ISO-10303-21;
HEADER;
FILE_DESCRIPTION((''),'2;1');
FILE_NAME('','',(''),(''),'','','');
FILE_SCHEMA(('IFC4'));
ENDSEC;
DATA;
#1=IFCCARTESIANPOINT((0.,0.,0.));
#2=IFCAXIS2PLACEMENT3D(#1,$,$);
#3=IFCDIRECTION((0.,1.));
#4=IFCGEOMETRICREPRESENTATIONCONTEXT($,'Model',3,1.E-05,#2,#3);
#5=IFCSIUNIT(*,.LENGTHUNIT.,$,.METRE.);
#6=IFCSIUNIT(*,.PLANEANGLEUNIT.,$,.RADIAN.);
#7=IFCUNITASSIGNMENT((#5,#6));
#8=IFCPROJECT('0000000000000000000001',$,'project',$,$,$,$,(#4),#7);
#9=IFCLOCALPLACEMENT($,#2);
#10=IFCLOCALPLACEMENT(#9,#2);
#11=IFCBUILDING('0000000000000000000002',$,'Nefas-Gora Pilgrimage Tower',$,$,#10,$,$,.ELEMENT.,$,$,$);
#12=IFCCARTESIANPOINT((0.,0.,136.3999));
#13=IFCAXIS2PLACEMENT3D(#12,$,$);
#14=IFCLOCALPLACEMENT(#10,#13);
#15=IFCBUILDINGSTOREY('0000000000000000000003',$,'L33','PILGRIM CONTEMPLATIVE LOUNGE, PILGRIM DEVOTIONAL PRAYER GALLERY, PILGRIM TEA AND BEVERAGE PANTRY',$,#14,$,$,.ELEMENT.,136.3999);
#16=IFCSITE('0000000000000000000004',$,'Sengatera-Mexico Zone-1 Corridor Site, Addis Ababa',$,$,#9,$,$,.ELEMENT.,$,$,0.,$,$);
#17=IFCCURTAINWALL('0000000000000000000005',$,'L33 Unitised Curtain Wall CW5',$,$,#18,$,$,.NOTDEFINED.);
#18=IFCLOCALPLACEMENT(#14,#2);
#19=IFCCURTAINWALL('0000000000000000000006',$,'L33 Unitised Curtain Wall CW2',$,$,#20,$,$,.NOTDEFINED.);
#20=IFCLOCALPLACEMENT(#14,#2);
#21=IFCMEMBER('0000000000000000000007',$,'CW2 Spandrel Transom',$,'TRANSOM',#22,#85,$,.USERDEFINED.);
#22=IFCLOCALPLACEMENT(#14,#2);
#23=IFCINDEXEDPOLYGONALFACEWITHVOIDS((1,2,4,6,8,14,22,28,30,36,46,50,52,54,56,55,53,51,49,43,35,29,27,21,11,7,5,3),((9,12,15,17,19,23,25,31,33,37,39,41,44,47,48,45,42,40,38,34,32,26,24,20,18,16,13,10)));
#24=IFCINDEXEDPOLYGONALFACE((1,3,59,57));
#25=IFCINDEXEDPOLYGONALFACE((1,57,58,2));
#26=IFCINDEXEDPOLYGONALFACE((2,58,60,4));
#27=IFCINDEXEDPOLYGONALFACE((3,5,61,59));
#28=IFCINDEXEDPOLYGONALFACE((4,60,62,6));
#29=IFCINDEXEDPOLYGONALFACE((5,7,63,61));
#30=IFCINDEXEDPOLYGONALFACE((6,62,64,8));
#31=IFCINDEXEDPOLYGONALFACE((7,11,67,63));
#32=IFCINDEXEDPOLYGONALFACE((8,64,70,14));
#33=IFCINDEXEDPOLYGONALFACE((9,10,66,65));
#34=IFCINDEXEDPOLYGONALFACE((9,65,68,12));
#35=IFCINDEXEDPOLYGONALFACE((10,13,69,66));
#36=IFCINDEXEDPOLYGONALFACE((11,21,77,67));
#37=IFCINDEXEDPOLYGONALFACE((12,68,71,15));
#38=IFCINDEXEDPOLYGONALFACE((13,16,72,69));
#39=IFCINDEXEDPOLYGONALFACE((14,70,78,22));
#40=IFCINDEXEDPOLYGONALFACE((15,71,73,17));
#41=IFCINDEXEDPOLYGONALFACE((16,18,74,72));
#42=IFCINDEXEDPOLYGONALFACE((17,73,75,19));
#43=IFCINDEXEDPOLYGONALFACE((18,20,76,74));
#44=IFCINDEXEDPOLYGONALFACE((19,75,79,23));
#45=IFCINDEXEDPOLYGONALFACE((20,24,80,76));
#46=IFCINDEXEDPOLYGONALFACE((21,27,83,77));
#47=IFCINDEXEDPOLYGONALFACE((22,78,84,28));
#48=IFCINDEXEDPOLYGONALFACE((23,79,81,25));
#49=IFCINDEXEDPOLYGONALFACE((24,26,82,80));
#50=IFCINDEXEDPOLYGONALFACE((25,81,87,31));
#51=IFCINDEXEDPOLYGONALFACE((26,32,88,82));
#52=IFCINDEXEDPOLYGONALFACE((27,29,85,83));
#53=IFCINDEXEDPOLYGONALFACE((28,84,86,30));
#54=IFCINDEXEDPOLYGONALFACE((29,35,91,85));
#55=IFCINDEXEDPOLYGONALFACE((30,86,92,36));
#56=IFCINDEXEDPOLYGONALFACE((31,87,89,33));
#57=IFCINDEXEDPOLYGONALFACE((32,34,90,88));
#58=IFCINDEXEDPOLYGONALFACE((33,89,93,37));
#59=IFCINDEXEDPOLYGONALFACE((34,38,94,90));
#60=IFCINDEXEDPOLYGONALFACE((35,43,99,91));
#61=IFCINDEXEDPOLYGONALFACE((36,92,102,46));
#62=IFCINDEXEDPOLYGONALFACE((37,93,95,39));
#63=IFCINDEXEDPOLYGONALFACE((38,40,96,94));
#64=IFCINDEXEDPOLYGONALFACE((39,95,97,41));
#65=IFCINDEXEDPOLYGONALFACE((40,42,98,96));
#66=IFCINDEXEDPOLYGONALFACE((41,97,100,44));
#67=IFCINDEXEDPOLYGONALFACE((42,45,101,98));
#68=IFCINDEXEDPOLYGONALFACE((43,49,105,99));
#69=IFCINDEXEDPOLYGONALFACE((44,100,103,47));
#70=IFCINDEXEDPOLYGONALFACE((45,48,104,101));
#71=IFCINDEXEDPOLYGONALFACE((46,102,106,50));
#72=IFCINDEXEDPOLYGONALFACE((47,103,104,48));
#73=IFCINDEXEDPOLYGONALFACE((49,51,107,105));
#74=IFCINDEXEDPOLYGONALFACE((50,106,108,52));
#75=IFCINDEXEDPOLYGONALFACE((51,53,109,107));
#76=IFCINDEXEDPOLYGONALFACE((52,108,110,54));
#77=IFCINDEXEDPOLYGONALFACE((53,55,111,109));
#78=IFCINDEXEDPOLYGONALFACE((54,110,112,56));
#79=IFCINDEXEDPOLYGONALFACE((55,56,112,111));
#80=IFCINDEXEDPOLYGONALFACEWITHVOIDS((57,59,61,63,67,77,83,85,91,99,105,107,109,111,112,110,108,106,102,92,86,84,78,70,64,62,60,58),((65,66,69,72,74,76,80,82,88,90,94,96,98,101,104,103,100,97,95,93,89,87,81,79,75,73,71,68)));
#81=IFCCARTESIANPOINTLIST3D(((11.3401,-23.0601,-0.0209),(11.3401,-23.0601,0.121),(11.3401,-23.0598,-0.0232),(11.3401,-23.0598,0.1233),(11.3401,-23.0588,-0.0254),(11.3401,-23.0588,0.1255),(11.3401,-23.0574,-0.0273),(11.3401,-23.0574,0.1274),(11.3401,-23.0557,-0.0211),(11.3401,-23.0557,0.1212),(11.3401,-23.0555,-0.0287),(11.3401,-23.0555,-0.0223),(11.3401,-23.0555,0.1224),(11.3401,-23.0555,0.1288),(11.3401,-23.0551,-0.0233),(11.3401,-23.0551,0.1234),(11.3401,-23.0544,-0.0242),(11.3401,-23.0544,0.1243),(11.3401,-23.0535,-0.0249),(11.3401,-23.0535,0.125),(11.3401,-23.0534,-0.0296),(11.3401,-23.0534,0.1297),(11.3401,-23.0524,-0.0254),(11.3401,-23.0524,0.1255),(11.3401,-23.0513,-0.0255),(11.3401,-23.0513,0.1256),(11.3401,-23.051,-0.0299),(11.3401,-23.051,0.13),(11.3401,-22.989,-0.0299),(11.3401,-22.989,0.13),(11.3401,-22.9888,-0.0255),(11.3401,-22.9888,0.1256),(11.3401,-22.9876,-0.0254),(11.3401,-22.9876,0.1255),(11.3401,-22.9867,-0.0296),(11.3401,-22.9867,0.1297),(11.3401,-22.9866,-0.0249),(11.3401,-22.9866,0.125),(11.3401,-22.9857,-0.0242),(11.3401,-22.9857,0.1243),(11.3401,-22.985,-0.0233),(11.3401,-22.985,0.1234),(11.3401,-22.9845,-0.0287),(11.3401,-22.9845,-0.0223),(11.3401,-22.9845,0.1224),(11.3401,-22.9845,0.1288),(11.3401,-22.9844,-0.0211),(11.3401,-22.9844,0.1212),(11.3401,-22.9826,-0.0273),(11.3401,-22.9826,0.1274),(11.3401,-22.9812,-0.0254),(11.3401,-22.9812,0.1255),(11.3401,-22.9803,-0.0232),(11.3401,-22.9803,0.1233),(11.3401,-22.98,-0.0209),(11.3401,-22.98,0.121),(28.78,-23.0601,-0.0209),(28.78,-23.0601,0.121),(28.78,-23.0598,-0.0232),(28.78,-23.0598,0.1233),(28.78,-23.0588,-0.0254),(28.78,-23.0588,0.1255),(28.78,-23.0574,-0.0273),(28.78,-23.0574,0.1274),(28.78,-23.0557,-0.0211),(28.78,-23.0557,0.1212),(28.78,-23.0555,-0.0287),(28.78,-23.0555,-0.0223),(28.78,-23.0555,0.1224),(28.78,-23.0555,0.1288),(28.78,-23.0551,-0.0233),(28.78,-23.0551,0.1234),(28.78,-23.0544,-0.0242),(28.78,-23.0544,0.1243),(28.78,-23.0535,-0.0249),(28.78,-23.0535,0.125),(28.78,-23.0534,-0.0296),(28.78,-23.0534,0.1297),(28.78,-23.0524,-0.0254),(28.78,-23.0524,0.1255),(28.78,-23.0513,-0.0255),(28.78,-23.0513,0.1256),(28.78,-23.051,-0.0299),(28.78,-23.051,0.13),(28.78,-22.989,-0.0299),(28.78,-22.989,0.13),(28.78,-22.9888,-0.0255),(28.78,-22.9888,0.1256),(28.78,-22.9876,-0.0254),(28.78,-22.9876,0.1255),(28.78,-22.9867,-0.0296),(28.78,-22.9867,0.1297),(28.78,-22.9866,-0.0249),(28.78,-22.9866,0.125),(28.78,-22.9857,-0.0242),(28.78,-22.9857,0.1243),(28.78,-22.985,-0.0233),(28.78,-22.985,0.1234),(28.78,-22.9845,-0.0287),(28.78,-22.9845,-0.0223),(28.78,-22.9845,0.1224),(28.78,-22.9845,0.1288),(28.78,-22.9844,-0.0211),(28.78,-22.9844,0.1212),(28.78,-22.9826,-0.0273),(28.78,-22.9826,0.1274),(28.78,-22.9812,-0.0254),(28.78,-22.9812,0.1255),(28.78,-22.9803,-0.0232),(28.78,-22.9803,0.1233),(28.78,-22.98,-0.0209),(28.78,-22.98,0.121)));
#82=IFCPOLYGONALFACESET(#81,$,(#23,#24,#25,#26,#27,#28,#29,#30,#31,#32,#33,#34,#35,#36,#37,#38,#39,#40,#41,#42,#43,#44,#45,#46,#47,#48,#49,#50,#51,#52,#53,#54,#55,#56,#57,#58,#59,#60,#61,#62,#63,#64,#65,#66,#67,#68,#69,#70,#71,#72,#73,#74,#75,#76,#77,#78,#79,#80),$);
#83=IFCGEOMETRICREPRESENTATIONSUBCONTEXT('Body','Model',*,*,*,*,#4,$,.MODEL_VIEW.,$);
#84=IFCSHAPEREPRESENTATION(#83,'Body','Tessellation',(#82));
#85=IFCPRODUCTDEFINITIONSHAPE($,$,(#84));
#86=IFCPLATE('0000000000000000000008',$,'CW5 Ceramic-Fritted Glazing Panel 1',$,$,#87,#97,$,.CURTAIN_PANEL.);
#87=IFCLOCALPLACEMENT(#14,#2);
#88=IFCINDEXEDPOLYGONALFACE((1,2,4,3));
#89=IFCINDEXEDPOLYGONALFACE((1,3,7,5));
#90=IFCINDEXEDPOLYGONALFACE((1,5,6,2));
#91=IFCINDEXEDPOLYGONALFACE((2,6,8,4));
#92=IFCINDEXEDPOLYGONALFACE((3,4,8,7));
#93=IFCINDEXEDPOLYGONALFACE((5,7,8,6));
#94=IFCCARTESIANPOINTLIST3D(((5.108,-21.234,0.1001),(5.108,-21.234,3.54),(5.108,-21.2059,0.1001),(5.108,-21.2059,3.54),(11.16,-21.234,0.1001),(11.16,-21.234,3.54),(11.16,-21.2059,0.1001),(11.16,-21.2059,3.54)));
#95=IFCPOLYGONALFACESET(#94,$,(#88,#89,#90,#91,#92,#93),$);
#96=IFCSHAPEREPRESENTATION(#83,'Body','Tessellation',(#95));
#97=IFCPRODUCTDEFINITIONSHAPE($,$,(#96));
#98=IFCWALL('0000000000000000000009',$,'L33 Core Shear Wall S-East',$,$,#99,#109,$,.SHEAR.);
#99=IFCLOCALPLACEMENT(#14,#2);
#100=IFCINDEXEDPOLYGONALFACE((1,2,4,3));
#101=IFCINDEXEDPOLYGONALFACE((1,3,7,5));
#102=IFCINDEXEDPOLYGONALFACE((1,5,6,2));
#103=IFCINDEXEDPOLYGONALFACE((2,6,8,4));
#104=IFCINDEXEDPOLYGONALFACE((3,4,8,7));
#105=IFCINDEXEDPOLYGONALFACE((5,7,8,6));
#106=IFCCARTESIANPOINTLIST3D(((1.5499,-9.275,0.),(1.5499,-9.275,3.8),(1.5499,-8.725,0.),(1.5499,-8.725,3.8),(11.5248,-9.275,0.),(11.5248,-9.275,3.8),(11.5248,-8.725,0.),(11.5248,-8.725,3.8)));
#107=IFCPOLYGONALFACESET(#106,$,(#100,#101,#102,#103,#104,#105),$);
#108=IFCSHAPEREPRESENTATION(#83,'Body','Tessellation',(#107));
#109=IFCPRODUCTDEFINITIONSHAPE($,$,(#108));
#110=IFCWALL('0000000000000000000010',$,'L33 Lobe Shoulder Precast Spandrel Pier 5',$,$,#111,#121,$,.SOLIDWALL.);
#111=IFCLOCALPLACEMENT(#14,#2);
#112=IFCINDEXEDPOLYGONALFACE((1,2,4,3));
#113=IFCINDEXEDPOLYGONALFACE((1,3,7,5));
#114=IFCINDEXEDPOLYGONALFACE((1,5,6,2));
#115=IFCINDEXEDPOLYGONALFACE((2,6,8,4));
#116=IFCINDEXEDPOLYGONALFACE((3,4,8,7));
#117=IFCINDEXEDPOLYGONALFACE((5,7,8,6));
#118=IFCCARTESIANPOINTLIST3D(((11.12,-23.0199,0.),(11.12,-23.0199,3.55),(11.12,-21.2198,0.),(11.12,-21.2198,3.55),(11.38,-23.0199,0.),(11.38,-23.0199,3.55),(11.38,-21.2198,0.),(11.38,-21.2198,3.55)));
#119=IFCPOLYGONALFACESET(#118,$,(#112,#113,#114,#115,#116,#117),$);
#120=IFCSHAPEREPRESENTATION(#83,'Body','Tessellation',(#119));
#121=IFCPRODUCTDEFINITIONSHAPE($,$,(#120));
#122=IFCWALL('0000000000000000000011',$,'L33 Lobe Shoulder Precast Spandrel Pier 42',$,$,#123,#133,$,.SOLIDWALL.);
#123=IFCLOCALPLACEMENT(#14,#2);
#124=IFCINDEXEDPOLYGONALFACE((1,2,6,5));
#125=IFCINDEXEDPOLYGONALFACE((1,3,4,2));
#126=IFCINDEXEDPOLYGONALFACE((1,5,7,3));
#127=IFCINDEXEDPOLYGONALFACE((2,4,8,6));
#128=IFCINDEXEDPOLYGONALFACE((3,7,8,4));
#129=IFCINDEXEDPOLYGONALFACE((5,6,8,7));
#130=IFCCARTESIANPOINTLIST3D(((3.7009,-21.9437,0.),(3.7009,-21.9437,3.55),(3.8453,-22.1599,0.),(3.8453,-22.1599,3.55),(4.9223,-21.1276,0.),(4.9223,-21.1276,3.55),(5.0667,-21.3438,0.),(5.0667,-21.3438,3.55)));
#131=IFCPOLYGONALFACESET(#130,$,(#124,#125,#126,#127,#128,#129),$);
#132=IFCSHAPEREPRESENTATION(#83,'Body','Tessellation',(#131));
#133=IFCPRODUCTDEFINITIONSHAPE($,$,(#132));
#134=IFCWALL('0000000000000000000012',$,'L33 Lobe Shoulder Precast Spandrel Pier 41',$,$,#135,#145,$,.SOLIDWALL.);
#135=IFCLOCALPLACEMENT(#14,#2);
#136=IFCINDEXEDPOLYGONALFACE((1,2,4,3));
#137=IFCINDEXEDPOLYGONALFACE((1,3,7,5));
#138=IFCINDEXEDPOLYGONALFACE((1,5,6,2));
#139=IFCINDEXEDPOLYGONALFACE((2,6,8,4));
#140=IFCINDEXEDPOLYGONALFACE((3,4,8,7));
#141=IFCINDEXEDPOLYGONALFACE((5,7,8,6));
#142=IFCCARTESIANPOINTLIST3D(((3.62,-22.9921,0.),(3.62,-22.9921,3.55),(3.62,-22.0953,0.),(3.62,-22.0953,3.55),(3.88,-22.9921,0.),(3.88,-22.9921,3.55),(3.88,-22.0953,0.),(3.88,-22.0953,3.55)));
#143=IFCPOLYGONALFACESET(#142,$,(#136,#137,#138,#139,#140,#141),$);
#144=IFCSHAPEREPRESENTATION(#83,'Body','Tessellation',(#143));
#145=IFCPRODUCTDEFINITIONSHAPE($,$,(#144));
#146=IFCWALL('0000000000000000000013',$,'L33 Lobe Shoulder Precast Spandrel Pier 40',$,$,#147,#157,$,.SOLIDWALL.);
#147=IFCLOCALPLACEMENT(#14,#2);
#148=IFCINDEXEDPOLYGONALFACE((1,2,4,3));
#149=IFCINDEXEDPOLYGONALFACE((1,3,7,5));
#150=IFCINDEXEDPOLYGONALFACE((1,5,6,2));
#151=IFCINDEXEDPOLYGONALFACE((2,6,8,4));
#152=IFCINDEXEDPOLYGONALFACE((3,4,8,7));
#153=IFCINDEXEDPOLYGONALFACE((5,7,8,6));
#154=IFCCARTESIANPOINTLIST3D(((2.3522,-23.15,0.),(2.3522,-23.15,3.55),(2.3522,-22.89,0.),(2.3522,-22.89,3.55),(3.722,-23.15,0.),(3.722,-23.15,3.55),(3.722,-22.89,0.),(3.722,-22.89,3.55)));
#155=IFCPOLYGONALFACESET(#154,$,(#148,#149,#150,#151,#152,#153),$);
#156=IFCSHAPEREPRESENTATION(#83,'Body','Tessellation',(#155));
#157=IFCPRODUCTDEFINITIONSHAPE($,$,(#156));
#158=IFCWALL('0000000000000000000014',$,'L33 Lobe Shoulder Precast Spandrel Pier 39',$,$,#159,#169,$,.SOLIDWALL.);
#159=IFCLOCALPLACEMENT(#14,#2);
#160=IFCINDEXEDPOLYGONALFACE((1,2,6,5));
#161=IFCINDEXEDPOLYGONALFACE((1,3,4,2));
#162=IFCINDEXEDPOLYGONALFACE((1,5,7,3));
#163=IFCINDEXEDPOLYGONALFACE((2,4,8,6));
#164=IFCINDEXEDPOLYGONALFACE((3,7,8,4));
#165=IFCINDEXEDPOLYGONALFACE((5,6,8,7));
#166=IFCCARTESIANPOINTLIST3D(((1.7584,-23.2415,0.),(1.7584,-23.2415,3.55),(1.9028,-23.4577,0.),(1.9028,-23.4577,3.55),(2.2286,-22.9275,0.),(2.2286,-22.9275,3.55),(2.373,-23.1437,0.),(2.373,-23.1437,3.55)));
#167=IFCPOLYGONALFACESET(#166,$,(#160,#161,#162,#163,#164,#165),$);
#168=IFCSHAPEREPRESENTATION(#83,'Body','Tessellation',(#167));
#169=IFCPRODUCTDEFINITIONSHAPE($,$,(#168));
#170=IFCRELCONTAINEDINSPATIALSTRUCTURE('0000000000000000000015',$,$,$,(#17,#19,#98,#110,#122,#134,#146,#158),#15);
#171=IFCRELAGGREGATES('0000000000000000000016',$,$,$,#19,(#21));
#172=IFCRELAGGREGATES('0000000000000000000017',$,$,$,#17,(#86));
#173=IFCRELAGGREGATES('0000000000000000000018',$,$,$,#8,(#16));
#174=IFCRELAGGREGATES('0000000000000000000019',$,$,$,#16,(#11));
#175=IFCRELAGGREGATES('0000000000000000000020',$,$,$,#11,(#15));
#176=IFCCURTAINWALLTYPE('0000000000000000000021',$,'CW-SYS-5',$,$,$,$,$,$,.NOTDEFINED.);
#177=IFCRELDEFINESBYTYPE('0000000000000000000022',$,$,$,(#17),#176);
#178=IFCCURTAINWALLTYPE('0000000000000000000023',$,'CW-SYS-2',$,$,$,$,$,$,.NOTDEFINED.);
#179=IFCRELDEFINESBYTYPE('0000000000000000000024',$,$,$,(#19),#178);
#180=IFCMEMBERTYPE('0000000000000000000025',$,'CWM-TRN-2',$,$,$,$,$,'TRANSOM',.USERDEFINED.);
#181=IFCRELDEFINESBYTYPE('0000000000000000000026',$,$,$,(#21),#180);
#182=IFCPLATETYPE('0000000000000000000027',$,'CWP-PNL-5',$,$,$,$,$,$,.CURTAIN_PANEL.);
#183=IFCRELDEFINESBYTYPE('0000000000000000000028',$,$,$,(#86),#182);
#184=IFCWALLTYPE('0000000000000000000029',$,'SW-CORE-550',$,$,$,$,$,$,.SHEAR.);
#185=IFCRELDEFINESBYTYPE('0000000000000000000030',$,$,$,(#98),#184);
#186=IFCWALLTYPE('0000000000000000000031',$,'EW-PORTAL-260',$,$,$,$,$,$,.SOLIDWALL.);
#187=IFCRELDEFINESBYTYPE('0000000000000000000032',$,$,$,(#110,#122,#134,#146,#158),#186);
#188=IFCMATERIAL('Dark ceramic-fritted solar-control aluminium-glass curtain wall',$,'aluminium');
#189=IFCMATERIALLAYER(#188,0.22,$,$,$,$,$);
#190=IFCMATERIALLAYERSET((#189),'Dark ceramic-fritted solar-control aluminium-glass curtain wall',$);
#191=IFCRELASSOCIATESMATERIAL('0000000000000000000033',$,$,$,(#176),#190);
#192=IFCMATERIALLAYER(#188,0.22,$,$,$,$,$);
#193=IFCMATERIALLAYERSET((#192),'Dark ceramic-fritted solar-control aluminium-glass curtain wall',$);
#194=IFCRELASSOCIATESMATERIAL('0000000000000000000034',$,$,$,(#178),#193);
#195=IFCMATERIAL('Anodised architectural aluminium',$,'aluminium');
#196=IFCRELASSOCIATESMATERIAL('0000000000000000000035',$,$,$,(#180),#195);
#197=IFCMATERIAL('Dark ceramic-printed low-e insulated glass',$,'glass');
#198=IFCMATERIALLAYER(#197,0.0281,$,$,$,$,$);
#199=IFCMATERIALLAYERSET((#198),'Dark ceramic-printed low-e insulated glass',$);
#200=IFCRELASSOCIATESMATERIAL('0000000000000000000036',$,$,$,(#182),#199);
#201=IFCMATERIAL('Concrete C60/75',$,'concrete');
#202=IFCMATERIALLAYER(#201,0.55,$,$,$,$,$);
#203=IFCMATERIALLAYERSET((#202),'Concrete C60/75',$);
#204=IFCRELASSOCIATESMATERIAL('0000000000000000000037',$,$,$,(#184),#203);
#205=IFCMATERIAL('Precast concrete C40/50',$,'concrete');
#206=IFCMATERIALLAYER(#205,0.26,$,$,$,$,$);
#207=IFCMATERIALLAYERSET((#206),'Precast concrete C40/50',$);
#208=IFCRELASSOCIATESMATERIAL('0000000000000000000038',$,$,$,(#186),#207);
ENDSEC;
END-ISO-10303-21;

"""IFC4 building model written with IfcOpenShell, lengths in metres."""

from ifc_helpers import new_model, si_unit, direction, frame, frame_2d, origin, origin_2d, place, context, subcontext, project, spatial, rectangle, hollow_rectangle, extrude, source, transform, mapped, material, layer, layer_set, material_profile, profile_set, type_object, element, aggregate, save


model = new_model("IFC4")

# Units and contexts
model_context = context("Model", 3, precision=1e-05, world=origin(), true_north=direction((0.0, 1.0)))
body_context = subcontext(model_context, "Body", "Model", "MODEL_VIEW")
ifc_project = project(units=[si_unit("LENGTHUNIT", "METRE"), si_unit("PLANEANGLEUNIT", "RADIAN")], contexts=[model_context])

# Site, building, storey
site_placement = place(None, origin())
site = spatial("IfcSite", under=ifc_project, at=site_placement, Name="Sengatera-Mexico Zone-1 Corridor Site, Addis Ababa", CompositionType="ELEMENT", RefElevation=0.0)
building_placement = place(site_placement, origin())
building = spatial("IfcBuilding", under=site, at=building_placement, Name="Nefas-Gora Pilgrimage Tower", CompositionType="ELEMENT")
storey_placement = place(building_placement, frame((0.0, 0.0, 136.3999)))
storey = spatial("IfcBuildingStorey", under=building, at=storey_placement, Name="L33", Description="PILGRIM CONTEMPLATIVE LOUNGE, PILGRIM DEVOTIONAL PRAYER GALLERY, PILGRIM TEA AND BEVERAGE PANTRY", CompositionType="ELEMENT", Elevation=136.3999)

# Curtain wall
ifc_material_1 = material(Name="Dark ceramic-fritted solar-control aluminium-glass curtain wall", Category="aluminium")
ifc_layer_1 = layer(ifc_material_1, 0.22)
ifc_layer_set_1 = layer_set([ifc_layer_1], Name="Dark ceramic-fritted solar-control aluminium-glass curtain wall")
curtain_wall_type_1 = type_object("IfcCurtainWallType", Name="CW-SYS-5", PredefinedType="NOTDEFINED", material=ifc_layer_set_1)
curtain_wall_1_placement = place(storey_placement, origin())
curtain_wall_1 = element("IfcCurtainWall", 1, at=curtain_wall_1_placement, inside=storey, type_object=curtain_wall_type_1, Name="L33 Unitised Curtain Wall CW5", PredefinedType="NOTDEFINED")
ifc_material_2 = material(Name="Anodised architectural aluminium", Category="aluminium")

# Curtain wall, member
ifc_layer_2 = layer(ifc_material_1, 0.22)
ifc_layer_set_2 = layer_set([ifc_layer_2], Name="Dark ceramic-fritted solar-control aluminium-glass curtain wall")
curtain_wall_type_2 = type_object("IfcCurtainWallType", Name="CW-SYS-2", PredefinedType="NOTDEFINED", material=ifc_layer_set_2)
curtain_wall_2_placement = place(storey_placement, origin())
curtain_wall_2 = element("IfcCurtainWall", 2, at=curtain_wall_2_placement, inside=storey, type_object=curtain_wall_type_2, Name="L33 Unitised Curtain Wall CW2", PredefinedType="NOTDEFINED")
ifc_material_profile_1 = material_profile(ifc_material_2, hollow_rectangle(XDim=0.0801, YDim=0.1599, WallThickness=0.0044, InnerFilletRadius=0.0044, OuterFilletRadius=0.009, at=origin_2d()), Name="ALU TRANSOM 80x160")
ifc_profile_set_1 = profile_set([ifc_material_profile_1], Name="Anodised architectural aluminium")
member_type_1 = type_object("IfcMemberType", Name="CWM-TRN-2", ElementType="TRANSOM", PredefinedType="USERDEFINED", material=ifc_profile_set_1)
shared_shape_1 = source(origin(), body_context, "Body", "SweptSolid", [
    extrude(hollow_rectangle(XDim=0.0801, YDim=0.1599, WallThickness=0.0044, InnerFilletRadius=0.0044, OuterFilletRadius=0.009, at=origin_2d()), origin(), (0.0, 0.0, 1.0), 17.4399),
])
member_1_placement = place(storey_placement, frame((11.3401, -23.02, 0.05), z_axis=(1.0, 0.0, 0.0), x_axis=(0.0, 1.0, 0.0)))
member_1 = element("IfcMember", 3, at=member_1_placement, type_object=member_type_1, Name="CW2 Spandrel Transom", ObjectType="TRANSOM", PredefinedType="USERDEFINED", context=body_context, shape_type="MappedRepresentation", body=[
    mapped(shared_shape_1, transform((0.0, 0.0, 0.0), x_axis=(1.0, 0.0, 0.0), y_axis=(0.0, 1.0, 0.0), z_axis=(0.0, 0.0, 1.0), scale=1.0)),
])
aggregate(curtain_wall_2, [member_1])

# Plate
ifc_material_3 = material(Name="Dark ceramic-printed low-e insulated glass", Category="glass")
ifc_layer_3 = layer(ifc_material_3, 0.0281)
ifc_layer_set_3 = layer_set([ifc_layer_3], Name="Dark ceramic-printed low-e insulated glass")
plate_type = type_object("IfcPlateType", Name="CWP-PNL-5", PredefinedType="CURTAIN_PANEL", material=ifc_layer_set_3)
shared_shape_2 = source(origin(), body_context, "Body", "SweptSolid", [
    extrude(rectangle(XDim=6.052, YDim=0.0281, at=origin_2d()), origin(), (0.0, 0.0, 1.0), 3.4399),
])
plate_placement = place(storey_placement, frame((8.134, -21.22, 0.1001), z_axis=(0.0, 0.0, 1.0), x_axis=(1.0, 0.0, 0.0)))
plate = element("IfcPlate", 4, at=plate_placement, type_object=plate_type, Name="CW5 Ceramic-Fritted Glazing Panel 1", PredefinedType="CURTAIN_PANEL", context=body_context, shape_type="MappedRepresentation", body=[
    mapped(shared_shape_2, transform((0.0, 0.0, 0.0), x_axis=(1.0, 0.0, 0.0), y_axis=(0.0, 1.0, 0.0), z_axis=(0.0, 0.0, 1.0), scale=1.0)),
])
aggregate(curtain_wall_1, [plate])

# Walls
ifc_material_4 = material(Name="Concrete C60/75", Category="concrete")
ifc_layer_4 = layer(ifc_material_4, 0.55)
ifc_layer_set_4 = layer_set([ifc_layer_4], Name="Concrete C60/75")
wall_type_1 = type_object("IfcWallType", Name="SW-CORE-550", PredefinedType="SHEAR", material=ifc_layer_set_4)
shared_shape_3 = source(origin(), body_context, "Body", "SweptSolid", [
    extrude(rectangle(XDim=9.9749, YDim=0.55, at=frame_2d((4.9873, 0.0))), origin(), (0.0, 0.0, 1.0), 3.8),
])
wall_1_placement = place(storey_placement, frame((1.55, -9.0, 0.0), z_axis=(0.0, 0.0, 1.0), x_axis=(1.0, 0.0, 0.0)))
element("IfcWall", 5, at=wall_1_placement, inside=storey, type_object=wall_type_1, Name="L33 Core Shear Wall S-East", PredefinedType="SHEAR", context=body_context, shape_type="MappedRepresentation", body=[
    mapped(shared_shape_3, transform((0.0, 0.0, 0.0), x_axis=(1.0, 0.0, 0.0), y_axis=(0.0, 1.0, 0.0), z_axis=(0.0, 0.0, 1.0), scale=1.0)),
])
ifc_material_5 = material(Name="Precast concrete C40/50", Category="concrete")
ifc_layer_5 = layer(ifc_material_5, 0.26)
ifc_layer_set_5 = layer_set([ifc_layer_5], Name="Precast concrete C40/50")
wall_type_2 = type_object("IfcWallType", Name="EW-PORTAL-260", PredefinedType="SOLIDWALL", material=ifc_layer_set_5)
shared_shape_4 = source(origin(), body_context, "Body", "SweptSolid", [
    extrude(rectangle(XDim=1.8, YDim=0.26, at=frame_2d((0.8999, 0.0))), origin(), (0.0, 0.0, 1.0), 3.55),
])
wall_2_placement = place(storey_placement, frame((11.25, -21.22, 0.0), z_axis=(0.0, 0.0, 1.0), x_axis=(0.0, -1.0, 0.0)))
element("IfcWall", 6, at=wall_2_placement, inside=storey, type_object=wall_type_2, Name="L33 Lobe Shoulder Precast Spandrel Pier 5", PredefinedType="SOLIDWALL", context=body_context, shape_type="MappedRepresentation", body=[
    mapped(shared_shape_4, transform((0.0, 0.0, 0.0), x_axis=(1.0, 0.0, 0.0), y_axis=(0.0, 1.0, 0.0), z_axis=(0.0, 0.0, 1.0), scale=1.0)),
])
shared_shape_5 = source(origin(), body_context, "Body", "SweptSolid", [
    extrude(rectangle(XDim=1.469, YDim=0.26, at=frame_2d((0.7344, 0.0))), origin(), (0.0, 0.0, 1.0), 3.55),
])
wall_3_placement = place(storey_placement, frame((3.7732, -22.0518, 0.0), z_axis=(0.0, 0.0, 1.0), x_axis=(0.831462, 0.555582, 0.0)))
element("IfcWall", 7, at=wall_3_placement, inside=storey, type_object=wall_type_2, Name="L33 Lobe Shoulder Precast Spandrel Pier 42", PredefinedType="SOLIDWALL", context=body_context, shape_type="MappedRepresentation", body=[
    mapped(shared_shape_5, transform((0.0, 0.0, 0.0), x_axis=(1.0, 0.0, 0.0), y_axis=(0.0, 1.0, 0.0), z_axis=(0.0, 0.0, 1.0), scale=1.0)),
])
shared_shape_6 = source(origin(), body_context, "Body", "SweptSolid", [
    extrude(rectangle(XDim=0.8967, YDim=0.26, at=frame_2d((0.4482, 0.0))), origin(), (0.0, 0.0, 1.0), 3.55),
])
wall_4_placement = place(storey_placement, frame((3.75, -22.9919, 0.0), z_axis=(0.0, 0.0, 1.0), x_axis=(0.0, 1.0, 0.0)))
element("IfcWall", 8, at=wall_4_placement, inside=storey, type_object=wall_type_2, Name="L33 Lobe Shoulder Precast Spandrel Pier 41", PredefinedType="SOLIDWALL", context=body_context, shape_type="MappedRepresentation", body=[
    mapped(shared_shape_6, transform((0.0, 0.0, 0.0), x_axis=(1.0, 0.0, 0.0), y_axis=(0.0, 1.0, 0.0), z_axis=(0.0, 0.0, 1.0), scale=1.0)),
])
shared_shape_7 = source(origin(), body_context, "Body", "SweptSolid", [
    extrude(rectangle(XDim=1.3699, YDim=0.26, at=frame_2d((0.6851, 0.0))), origin(), (0.0, 0.0, 1.0), 3.55),
])
wall_5_placement = place(storey_placement, frame((2.3521, -23.02, 0.0), z_axis=(0.0, 0.0, 1.0), x_axis=(1.0, 0.0, 0.0)))
element("IfcWall", 9, at=wall_5_placement, inside=storey, type_object=wall_type_2, Name="L33 Lobe Shoulder Precast Spandrel Pier 40", PredefinedType="SOLIDWALL", context=body_context, shape_type="MappedRepresentation", body=[
    mapped(shared_shape_7, transform((0.0, 0.0, 0.0), x_axis=(1.0, 0.0, 0.0), y_axis=(0.0, 1.0, 0.0), z_axis=(0.0, 0.0, 1.0), scale=1.0)),
])
shared_shape_8 = source(origin(), body_context, "Body", "SweptSolid", [
    extrude(rectangle(XDim=0.5654, YDim=0.26, at=frame_2d((0.2827, 0.0))), origin(), (0.0, 0.0, 1.0), 3.55),
])
wall_6_placement = place(storey_placement, frame((1.8306, -23.3496, 0.0), z_axis=(0.0, 0.0, 1.0), x_axis=(0.831651, 0.555298, 0.0)))
element("IfcWall", 10, at=wall_6_placement, inside=storey, type_object=wall_type_2, Name="L33 Lobe Shoulder Precast Spandrel Pier 39", PredefinedType="SOLIDWALL", context=body_context, shape_type="MappedRepresentation", body=[
    mapped(shared_shape_8, transform((0.0, 0.0, 0.0), x_axis=(1.0, 0.0, 0.0), y_axis=(0.0, 1.0, 0.0), z_axis=(0.0, 0.0, 1.0), scale=1.0)),
])

save(model, "model.ifc")
